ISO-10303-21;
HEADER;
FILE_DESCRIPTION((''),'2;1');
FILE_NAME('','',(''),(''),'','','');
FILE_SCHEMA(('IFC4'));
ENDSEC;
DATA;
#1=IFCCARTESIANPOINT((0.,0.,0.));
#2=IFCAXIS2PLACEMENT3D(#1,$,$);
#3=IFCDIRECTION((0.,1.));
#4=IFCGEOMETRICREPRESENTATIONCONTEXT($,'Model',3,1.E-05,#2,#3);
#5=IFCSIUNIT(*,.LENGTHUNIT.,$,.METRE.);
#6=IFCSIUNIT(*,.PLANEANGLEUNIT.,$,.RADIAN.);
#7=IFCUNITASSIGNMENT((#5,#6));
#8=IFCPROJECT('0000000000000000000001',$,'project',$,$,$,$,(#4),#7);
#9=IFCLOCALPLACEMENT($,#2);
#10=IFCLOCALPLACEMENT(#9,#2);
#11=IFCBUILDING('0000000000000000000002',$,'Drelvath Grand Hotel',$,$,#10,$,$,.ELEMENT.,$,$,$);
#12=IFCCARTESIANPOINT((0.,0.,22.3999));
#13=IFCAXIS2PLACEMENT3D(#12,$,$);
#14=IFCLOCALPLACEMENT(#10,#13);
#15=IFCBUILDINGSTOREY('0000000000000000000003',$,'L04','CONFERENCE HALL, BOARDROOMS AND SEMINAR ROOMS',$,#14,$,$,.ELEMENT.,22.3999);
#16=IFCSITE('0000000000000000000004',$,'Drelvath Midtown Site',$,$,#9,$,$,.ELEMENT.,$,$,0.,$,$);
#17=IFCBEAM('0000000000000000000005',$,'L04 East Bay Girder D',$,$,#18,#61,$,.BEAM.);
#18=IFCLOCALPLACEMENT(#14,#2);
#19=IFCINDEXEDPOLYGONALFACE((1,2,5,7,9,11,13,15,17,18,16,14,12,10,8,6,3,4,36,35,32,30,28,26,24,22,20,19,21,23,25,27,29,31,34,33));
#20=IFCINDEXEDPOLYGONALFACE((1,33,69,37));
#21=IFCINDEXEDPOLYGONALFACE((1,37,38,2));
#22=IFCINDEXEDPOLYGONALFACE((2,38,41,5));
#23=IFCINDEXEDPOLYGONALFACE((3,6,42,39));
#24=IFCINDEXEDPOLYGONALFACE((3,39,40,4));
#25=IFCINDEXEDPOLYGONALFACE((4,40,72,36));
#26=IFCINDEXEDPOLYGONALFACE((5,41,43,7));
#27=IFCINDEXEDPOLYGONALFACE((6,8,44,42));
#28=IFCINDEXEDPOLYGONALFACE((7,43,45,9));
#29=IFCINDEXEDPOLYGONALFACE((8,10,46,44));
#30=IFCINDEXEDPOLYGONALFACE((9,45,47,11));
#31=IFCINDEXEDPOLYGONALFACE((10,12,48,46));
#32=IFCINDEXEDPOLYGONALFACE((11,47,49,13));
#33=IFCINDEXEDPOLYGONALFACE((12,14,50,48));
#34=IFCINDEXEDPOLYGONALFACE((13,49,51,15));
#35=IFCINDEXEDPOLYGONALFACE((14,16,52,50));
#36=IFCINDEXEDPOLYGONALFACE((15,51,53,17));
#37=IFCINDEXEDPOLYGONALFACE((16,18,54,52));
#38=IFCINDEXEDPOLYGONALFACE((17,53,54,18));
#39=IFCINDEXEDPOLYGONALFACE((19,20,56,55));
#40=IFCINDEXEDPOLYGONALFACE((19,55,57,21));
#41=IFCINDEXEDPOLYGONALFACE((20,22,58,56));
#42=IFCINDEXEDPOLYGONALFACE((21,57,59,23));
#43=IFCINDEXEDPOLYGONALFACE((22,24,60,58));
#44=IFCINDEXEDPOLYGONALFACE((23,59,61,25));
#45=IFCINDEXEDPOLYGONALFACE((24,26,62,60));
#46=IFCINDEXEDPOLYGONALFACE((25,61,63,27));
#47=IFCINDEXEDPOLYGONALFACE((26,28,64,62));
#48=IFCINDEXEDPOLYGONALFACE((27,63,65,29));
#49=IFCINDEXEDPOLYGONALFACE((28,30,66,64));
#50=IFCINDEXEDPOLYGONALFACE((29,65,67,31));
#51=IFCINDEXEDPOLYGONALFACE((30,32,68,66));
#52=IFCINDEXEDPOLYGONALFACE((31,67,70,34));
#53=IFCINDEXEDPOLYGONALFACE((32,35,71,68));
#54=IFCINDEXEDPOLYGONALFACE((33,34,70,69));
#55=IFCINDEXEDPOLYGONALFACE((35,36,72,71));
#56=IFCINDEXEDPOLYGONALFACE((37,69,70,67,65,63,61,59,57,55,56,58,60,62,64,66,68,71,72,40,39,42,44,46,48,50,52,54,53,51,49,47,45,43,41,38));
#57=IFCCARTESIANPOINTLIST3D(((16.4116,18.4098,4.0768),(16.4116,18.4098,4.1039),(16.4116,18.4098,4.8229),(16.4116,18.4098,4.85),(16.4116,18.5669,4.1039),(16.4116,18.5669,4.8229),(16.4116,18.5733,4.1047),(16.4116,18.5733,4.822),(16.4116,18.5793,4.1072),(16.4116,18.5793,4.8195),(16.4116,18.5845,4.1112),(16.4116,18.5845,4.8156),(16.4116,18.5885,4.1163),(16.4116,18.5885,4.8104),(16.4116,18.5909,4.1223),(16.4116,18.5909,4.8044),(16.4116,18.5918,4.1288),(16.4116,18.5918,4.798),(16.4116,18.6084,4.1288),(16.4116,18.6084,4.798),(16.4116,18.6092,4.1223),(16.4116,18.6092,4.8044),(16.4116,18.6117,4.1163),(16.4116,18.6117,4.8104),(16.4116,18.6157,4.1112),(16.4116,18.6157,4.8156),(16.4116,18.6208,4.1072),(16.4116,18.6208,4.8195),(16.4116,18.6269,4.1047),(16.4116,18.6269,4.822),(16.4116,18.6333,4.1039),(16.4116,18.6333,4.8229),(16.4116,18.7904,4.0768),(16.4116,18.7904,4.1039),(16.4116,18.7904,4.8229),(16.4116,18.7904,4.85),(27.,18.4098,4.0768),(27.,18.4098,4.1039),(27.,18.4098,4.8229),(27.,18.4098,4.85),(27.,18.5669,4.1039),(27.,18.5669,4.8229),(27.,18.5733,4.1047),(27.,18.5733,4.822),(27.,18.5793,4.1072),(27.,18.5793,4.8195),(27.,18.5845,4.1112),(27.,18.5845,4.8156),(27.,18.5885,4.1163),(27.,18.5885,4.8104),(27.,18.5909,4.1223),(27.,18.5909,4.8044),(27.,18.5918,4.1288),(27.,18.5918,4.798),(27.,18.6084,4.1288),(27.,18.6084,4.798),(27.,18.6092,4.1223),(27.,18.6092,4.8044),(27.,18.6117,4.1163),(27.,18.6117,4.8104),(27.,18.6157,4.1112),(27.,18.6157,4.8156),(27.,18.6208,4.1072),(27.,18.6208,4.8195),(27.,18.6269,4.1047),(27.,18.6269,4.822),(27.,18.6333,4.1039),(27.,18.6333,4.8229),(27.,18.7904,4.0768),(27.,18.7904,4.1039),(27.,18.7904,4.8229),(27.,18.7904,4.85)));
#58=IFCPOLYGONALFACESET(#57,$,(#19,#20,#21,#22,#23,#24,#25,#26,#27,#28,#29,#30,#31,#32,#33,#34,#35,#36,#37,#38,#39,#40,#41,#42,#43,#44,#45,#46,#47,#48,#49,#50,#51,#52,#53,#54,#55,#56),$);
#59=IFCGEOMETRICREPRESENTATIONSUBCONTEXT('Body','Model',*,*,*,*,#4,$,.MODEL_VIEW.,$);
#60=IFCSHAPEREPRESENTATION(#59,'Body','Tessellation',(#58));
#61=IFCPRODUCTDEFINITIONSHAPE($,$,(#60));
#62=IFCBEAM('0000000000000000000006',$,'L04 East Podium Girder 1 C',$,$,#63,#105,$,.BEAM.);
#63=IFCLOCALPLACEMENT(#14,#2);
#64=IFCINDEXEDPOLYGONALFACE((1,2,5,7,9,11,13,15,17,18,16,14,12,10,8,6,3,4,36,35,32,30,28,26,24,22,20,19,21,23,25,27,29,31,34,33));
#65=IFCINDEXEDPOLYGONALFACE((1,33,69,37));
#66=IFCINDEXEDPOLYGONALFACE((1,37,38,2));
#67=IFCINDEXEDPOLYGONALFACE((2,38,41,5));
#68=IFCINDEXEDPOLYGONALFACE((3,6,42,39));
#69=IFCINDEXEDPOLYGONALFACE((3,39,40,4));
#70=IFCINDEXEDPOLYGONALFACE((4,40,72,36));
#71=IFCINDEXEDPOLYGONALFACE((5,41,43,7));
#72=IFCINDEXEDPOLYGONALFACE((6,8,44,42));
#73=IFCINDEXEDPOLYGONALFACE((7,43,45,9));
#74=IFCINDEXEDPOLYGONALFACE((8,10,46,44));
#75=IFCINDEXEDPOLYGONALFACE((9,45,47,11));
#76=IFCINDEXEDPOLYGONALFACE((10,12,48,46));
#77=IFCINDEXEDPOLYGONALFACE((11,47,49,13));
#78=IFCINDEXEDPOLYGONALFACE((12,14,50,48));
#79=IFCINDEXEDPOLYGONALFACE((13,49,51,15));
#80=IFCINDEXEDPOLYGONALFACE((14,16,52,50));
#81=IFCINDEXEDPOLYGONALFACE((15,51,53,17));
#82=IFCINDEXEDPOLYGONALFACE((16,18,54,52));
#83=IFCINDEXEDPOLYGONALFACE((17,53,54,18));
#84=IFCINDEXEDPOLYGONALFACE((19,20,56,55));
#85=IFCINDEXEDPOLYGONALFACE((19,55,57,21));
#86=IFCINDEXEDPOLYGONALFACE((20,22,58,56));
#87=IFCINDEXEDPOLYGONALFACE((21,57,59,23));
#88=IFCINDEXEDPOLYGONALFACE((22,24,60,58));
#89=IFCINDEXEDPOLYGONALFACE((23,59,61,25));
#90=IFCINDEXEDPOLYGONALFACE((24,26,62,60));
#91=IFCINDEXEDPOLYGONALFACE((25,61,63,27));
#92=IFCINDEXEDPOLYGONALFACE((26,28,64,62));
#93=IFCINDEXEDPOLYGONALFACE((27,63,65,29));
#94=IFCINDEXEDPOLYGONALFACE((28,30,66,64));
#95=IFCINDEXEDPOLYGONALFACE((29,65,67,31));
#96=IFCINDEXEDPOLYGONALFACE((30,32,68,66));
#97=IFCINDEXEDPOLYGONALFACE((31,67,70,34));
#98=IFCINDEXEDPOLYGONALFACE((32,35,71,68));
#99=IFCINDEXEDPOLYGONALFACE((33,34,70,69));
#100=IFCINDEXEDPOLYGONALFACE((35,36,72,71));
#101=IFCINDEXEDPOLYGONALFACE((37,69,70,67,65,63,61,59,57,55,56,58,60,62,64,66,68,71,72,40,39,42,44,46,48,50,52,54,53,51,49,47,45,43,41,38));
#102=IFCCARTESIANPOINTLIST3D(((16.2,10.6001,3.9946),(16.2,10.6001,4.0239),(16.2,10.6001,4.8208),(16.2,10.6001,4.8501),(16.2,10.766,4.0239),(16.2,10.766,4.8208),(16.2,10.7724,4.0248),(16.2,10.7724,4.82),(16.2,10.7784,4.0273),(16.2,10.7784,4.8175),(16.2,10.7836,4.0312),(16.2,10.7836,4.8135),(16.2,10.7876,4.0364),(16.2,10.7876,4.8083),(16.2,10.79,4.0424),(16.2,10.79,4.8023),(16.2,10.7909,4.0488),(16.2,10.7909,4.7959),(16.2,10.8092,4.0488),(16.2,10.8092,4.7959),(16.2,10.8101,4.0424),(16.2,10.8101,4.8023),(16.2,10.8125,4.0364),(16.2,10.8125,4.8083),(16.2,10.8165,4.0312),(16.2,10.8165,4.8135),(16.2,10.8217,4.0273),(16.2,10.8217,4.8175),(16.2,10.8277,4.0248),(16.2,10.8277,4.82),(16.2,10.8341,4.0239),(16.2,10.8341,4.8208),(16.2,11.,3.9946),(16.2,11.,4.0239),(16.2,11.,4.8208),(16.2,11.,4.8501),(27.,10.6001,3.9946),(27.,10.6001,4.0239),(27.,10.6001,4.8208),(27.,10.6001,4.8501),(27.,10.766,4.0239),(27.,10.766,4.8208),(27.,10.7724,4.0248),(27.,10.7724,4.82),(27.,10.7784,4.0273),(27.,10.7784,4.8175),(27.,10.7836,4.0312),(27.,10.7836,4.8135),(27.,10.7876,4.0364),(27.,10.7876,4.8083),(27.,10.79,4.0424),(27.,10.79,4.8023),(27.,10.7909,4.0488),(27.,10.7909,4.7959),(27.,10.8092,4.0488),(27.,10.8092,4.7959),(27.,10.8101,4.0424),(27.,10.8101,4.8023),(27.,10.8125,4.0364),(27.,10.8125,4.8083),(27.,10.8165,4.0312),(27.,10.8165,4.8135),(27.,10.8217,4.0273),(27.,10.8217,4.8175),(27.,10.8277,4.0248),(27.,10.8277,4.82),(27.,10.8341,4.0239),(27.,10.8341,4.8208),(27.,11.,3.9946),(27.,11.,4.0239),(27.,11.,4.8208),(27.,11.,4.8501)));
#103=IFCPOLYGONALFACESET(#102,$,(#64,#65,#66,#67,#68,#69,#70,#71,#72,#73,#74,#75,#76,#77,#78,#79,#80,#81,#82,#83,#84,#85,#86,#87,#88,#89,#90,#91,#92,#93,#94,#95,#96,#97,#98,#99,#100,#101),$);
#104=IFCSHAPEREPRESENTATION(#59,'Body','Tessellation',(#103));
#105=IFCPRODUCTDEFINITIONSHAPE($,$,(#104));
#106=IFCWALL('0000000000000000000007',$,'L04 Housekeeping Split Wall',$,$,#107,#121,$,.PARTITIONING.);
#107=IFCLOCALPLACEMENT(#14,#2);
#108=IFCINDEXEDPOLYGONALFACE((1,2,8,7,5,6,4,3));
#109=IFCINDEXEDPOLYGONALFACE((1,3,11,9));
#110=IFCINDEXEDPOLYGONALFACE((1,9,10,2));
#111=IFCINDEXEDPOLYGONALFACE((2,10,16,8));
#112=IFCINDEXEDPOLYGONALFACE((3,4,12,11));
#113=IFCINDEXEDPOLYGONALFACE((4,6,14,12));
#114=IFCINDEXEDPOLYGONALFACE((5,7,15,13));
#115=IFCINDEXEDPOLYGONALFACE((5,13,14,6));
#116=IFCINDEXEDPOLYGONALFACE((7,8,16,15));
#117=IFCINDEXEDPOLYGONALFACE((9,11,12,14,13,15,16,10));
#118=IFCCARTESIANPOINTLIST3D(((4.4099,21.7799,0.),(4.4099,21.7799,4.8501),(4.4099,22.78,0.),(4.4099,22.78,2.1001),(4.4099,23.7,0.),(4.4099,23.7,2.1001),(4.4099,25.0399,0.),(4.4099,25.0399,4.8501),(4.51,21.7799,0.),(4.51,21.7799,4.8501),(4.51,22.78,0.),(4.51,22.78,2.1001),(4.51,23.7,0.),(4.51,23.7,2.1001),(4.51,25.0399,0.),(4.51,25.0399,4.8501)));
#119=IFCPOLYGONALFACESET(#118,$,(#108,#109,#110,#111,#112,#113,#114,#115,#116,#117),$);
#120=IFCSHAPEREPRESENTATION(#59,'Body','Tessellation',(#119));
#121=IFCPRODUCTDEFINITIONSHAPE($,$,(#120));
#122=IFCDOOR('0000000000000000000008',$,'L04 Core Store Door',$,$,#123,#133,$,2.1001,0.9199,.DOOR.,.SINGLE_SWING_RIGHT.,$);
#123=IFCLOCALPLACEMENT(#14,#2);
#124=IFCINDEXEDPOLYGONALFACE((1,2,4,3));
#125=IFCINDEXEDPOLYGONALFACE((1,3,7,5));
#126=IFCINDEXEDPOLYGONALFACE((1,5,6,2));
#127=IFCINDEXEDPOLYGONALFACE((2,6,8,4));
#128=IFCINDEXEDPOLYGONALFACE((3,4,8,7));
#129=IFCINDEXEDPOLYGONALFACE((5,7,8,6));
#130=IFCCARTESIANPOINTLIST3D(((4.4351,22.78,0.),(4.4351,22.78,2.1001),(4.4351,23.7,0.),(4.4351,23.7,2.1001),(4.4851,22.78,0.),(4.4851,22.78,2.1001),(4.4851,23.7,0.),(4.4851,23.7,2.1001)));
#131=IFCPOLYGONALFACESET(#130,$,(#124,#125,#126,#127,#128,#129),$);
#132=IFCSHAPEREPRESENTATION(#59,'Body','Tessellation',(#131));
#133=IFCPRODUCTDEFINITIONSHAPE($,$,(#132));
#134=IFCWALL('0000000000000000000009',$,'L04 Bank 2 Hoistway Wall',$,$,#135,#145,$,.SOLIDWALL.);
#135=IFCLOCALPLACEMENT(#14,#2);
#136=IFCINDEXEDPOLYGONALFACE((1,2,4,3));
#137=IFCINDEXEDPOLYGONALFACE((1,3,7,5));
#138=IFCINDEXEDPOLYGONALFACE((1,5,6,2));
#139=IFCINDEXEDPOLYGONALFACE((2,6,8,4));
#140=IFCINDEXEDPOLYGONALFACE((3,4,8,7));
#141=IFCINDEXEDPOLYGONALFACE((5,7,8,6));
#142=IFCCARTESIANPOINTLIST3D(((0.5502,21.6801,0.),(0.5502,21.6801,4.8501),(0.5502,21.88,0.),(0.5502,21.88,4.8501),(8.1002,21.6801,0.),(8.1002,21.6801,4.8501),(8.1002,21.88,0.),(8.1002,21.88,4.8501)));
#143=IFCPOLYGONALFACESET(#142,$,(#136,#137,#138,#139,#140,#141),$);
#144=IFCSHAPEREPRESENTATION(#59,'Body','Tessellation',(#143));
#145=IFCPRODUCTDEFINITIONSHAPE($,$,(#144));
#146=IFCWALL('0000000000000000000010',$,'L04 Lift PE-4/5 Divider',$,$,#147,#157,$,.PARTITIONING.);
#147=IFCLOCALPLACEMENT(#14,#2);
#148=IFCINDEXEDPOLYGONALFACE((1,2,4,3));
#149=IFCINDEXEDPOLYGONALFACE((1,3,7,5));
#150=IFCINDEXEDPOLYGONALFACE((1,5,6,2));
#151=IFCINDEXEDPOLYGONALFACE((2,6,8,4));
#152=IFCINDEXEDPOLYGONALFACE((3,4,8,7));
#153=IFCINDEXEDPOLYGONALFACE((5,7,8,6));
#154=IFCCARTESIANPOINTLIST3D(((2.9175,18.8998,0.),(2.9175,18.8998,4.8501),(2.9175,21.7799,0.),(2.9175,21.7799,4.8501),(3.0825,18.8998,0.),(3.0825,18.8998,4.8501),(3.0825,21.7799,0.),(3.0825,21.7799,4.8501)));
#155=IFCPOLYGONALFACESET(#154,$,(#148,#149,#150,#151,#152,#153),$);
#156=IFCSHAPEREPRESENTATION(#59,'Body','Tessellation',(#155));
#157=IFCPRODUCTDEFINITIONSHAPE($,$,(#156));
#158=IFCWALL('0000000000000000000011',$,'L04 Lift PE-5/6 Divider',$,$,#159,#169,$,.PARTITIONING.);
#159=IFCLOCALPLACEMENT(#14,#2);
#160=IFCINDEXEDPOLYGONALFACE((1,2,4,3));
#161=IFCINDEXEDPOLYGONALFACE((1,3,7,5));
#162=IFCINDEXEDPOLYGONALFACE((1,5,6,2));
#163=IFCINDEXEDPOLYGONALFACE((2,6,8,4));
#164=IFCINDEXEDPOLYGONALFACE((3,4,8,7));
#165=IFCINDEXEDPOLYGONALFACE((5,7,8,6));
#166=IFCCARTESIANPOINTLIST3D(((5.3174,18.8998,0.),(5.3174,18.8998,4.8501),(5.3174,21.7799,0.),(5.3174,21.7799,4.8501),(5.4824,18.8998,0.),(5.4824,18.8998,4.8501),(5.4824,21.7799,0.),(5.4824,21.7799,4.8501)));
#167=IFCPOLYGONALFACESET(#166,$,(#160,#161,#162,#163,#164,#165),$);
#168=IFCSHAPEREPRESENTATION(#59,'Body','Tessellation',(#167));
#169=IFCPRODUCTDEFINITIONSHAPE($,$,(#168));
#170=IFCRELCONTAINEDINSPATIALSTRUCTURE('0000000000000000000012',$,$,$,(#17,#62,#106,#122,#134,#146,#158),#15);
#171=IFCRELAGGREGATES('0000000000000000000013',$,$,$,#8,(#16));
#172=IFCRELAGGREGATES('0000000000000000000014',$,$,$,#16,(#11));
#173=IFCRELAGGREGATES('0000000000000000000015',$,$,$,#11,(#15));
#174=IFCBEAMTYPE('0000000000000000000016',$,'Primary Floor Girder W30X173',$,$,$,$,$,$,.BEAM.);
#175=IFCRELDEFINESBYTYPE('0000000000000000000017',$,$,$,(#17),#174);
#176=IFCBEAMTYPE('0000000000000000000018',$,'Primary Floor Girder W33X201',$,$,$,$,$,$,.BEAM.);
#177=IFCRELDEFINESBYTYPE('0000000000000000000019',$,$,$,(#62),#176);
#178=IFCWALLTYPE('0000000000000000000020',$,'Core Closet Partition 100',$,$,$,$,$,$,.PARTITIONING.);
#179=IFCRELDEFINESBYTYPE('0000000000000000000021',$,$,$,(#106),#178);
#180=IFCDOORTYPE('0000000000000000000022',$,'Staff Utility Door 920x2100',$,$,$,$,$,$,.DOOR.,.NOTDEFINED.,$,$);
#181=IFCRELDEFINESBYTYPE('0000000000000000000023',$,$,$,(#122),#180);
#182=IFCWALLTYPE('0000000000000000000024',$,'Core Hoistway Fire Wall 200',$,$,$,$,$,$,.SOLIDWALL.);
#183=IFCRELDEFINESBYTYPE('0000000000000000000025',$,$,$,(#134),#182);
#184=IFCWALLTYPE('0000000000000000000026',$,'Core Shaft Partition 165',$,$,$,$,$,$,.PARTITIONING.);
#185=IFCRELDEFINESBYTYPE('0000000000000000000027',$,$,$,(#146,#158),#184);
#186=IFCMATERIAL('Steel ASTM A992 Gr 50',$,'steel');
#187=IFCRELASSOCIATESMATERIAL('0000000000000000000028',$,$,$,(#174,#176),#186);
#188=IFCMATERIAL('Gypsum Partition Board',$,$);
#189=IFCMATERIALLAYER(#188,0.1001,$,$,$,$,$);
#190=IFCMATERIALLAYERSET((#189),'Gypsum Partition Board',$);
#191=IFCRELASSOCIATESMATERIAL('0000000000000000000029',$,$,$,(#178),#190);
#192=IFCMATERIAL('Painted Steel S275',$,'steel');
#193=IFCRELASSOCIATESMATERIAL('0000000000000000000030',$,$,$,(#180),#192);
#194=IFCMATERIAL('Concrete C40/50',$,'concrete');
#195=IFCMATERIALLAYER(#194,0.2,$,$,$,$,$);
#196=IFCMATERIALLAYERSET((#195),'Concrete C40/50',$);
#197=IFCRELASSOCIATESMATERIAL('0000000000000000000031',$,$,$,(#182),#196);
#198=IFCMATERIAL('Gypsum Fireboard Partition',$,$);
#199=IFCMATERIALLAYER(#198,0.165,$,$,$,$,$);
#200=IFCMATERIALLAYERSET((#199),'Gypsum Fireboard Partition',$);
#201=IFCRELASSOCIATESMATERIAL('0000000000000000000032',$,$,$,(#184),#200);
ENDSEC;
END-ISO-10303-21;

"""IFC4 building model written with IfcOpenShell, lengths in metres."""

from ifc_helpers import new_model, si_unit, direction, frame, frame_2d, origin, origin_2d, place, context, subcontext, project, spatial, rectangle, i_section, extrude, material, layer, layer_set, material_profile, profile_set, type_object, element, fill, save


model = new_model("IFC4")

# Units and contexts
model_context = context("Model", 3, precision=1e-05, world=origin(), true_north=direction((0.0, 1.0)))
body_context = subcontext(model_context, "Body", "Model", "MODEL_VIEW")
ifc_project = project(units=[si_unit("LENGTHUNIT", "METRE"), si_unit("PLANEANGLEUNIT", "RADIAN")], contexts=[model_context])

# Site, building, storey
site_placement = place(None, origin())
site = spatial("IfcSite", under=ifc_project, at=site_placement, Name="Drelvath Midtown Site", CompositionType="ELEMENT", RefElevation=0.0)
building_placement = place(site_placement, origin())
building = spatial("IfcBuilding", under=site, at=building_placement, Name="Drelvath Grand Hotel", CompositionType="ELEMENT")
storey_placement = place(building_placement, frame((0.0, 0.0, 22.3999)))
storey = spatial("IfcBuildingStorey", under=building, at=storey_placement, Name="L04", Description="CONFERENCE HALL, BOARDROOMS AND SEMINAR ROOMS", CompositionType="ELEMENT", Elevation=22.3999)

# Beams
ifc_material_1 = material(Name="Steel ASTM A992 Gr 50", Category="steel")
ifc_material_profile_1 = material_profile(ifc_material_1, i_section(OverallWidth=0.3806, OverallDepth=0.7732, WebThickness=0.0166, FlangeThickness=0.0271, FilletRadius=0.0249, at=origin_2d()), Name="W30X173")
ifc_profile_set_1 = profile_set([ifc_material_profile_1], Name="Steel ASTM A992 Gr 50")
beam_type_1 = type_object("IfcBeamType", Name="Primary Floor Girder W30X173", PredefinedType="BEAM", material=ifc_profile_set_1)
beam_1_placement = place(storey_placement, frame((16.4116, 18.6001, 4.4634), z_axis=(1.0, 0.0, 0.0), x_axis=(0.0, 1.0, 0.0)))
element("IfcBeam", 1, at=beam_1_placement, inside=storey, type_object=beam_type_1, Name="L04 East Bay Girder D", PredefinedType="BEAM", context=body_context, shape_type="SweptSolid", body=[
    extrude(i_section(OverallWidth=0.3806, OverallDepth=0.7732, WebThickness=0.0166, FlangeThickness=0.0271, FilletRadius=0.0249, at=origin_2d()), origin(), (0.0, 0.0, 1.0), 10.5884),
])
ifc_material_profile_2 = material_profile(ifc_material_1, i_section(OverallWidth=0.3999, OverallDepth=0.8555, WebThickness=0.0183, FlangeThickness=0.0293, FilletRadius=0.0249, at=origin_2d()), Name="W33X201")
ifc_profile_set_2 = profile_set([ifc_material_profile_2], Name="Steel ASTM A992 Gr 50")
beam_type_2 = type_object("IfcBeamType", Name="Primary Floor Girder W33X201", PredefinedType="BEAM", material=ifc_profile_set_2)
beam_2_placement = place(storey_placement, frame((16.2, 10.8, 4.4224), z_axis=(1.0, 0.0, 0.0), x_axis=(0.0, 1.0, 0.0)))
element("IfcBeam", 2, at=beam_2_placement, inside=storey, type_object=beam_type_2, Name="L04 East Podium Girder 1 C", PredefinedType="BEAM", context=body_context, shape_type="SweptSolid", body=[
    extrude(i_section(OverallWidth=0.3999, OverallDepth=0.8555, WebThickness=0.0183, FlangeThickness=0.0293, FilletRadius=0.0249, at=origin_2d()), origin(), (0.0, 0.0, 1.0), 10.8),
])

# Wall, opening, door
ifc_material_2 = material(Name="Gypsum Partition Board")
ifc_layer_1 = layer(ifc_material_2, 0.1001)
ifc_layer_set_1 = layer_set([ifc_layer_1], Name="Gypsum Partition Board")
wall_type_1 = type_object("IfcWallType", Name="Core Closet Partition 100", PredefinedType="PARTITIONING", material=ifc_layer_set_1)
wall_1_placement = place(storey_placement, frame((4.46, 21.78, 0.0), z_axis=(0.0, 0.0, 1.0), x_axis=(0.0, 1.0, 0.0)))
wall_1 = element("IfcWall", 3, at=wall_1_placement, inside=storey, type_object=wall_type_1, Name="L04 Housekeeping Split Wall", PredefinedType="PARTITIONING", context=body_context, shape_type="SweptSolid", body=[
    extrude(rectangle(XDim=3.26, YDim=0.1001, at=frame_2d((1.6299, 0.0))), origin(), (0.0, 0.0, 1.0), 4.8501),
])
opening_1_placement = place(wall_1_placement, frame((1.0, 0.0, 0.0)))
opening_1 = element("IfcOpeningElement", 4, at=opening_1_placement, cuts=wall_1, PredefinedType="OPENING", context=body_context, shape_type="SweptSolid", body=[
    extrude(rectangle(XDim=0.9199, YDim=2.1001, at=frame_2d((0.46, 1.05))), frame((0.0, 0.0601, 0.0), z_axis=(0.0, -1.0, 0.0), x_axis=(1.0, 0.0, 0.0)), (0.0, 0.0, 1.0), 0.1201),
])
ifc_material_3 = material(Name="Painted Steel S275", Category="steel")
door_type_1 = type_object("IfcDoorType", Name="Staff Utility Door 920x2100", OperationType="NOTDEFINED", PredefinedType="DOOR", material=ifc_material_3)
door_1_placement = place(opening_1_placement, origin())
door_1 = element("IfcDoor", 5, at=door_1_placement, inside=storey, type_object=door_type_1, Name="L04 Core Store Door", OperationType="SINGLE_SWING_RIGHT", OverallHeight=2.1001, OverallWidth=0.9199, PredefinedType="DOOR", context=body_context, shape_type="SweptSolid", body=[
    extrude(rectangle(XDim=0.9199, YDim=2.1001, at=frame_2d((0.46, 1.05))), frame((0.0, 0.0249, 0.0), z_axis=(0.0, -1.0, 0.0), x_axis=(1.0, 0.0, 0.0)), (0.0, 0.0, 1.0), 0.05),
])
fill(opening_1, door_1)

# Walls
ifc_material_4 = material(Name="Concrete C40/50", Category="concrete")
ifc_layer_2 = layer(ifc_material_4, 0.2)
ifc_layer_set_2 = layer_set([ifc_layer_2], Name="Concrete C40/50")
wall_type_2 = type_object("IfcWallType", Name="Core Hoistway Fire Wall 200", PredefinedType="SOLIDWALL", material=ifc_layer_set_2)
wall_2_placement = place(storey_placement, frame((8.1001, 21.78, 0.0), z_axis=(0.0, 0.0, 1.0), x_axis=(-1.0, 0.0, 0.0)))
element("IfcWall", 6, at=wall_2_placement, inside=storey, type_object=wall_type_2, Name="L04 Bank 2 Hoistway Wall", PredefinedType="SOLIDWALL", context=body_context, shape_type="SweptSolid", body=[
    extrude(rectangle(XDim=7.55, YDim=0.2, at=frame_2d((3.7749, 0.0))), origin(), (0.0, 0.0, 1.0), 4.8501),
])
ifc_material_5 = material(Name="Gypsum Fireboard Partition")
ifc_layer_3 = layer(ifc_material_5, 0.165)
ifc_layer_set_3 = layer_set([ifc_layer_3], Name="Gypsum Fireboard Partition")
wall_type_3 = type_object("IfcWallType", Name="Core Shaft Partition 165", PredefinedType="PARTITIONING", material=ifc_layer_set_3)
for number, where, z_axis, x_axis, name in (
    (7, (3.0, 18.8999, 0.0), (0.0, 0.0, 1.0), (0.0, 1.0, 0.0), "L04 Lift PE-4/5 Divider"),
    (8, (5.3999, 18.8999, 0.0), (0.0, 0.0, 1.0), (0.0, 1.0, 0.0), "L04 Lift PE-5/6 Divider"),
):
    element("IfcWall", number, at=place(storey_placement, frame(where, z_axis=z_axis, x_axis=x_axis)), inside=storey, type_object=wall_type_3, Name=name, PredefinedType="PARTITIONING", context=body_context, shape_type="SweptSolid", body=[
        extrude(rectangle(XDim=2.8801, YDim=0.165, at=frame_2d((1.4399, 0.0))), origin(), (0.0, 0.0, 1.0), 4.8501),
    ])

save(model, "model.ifc")
